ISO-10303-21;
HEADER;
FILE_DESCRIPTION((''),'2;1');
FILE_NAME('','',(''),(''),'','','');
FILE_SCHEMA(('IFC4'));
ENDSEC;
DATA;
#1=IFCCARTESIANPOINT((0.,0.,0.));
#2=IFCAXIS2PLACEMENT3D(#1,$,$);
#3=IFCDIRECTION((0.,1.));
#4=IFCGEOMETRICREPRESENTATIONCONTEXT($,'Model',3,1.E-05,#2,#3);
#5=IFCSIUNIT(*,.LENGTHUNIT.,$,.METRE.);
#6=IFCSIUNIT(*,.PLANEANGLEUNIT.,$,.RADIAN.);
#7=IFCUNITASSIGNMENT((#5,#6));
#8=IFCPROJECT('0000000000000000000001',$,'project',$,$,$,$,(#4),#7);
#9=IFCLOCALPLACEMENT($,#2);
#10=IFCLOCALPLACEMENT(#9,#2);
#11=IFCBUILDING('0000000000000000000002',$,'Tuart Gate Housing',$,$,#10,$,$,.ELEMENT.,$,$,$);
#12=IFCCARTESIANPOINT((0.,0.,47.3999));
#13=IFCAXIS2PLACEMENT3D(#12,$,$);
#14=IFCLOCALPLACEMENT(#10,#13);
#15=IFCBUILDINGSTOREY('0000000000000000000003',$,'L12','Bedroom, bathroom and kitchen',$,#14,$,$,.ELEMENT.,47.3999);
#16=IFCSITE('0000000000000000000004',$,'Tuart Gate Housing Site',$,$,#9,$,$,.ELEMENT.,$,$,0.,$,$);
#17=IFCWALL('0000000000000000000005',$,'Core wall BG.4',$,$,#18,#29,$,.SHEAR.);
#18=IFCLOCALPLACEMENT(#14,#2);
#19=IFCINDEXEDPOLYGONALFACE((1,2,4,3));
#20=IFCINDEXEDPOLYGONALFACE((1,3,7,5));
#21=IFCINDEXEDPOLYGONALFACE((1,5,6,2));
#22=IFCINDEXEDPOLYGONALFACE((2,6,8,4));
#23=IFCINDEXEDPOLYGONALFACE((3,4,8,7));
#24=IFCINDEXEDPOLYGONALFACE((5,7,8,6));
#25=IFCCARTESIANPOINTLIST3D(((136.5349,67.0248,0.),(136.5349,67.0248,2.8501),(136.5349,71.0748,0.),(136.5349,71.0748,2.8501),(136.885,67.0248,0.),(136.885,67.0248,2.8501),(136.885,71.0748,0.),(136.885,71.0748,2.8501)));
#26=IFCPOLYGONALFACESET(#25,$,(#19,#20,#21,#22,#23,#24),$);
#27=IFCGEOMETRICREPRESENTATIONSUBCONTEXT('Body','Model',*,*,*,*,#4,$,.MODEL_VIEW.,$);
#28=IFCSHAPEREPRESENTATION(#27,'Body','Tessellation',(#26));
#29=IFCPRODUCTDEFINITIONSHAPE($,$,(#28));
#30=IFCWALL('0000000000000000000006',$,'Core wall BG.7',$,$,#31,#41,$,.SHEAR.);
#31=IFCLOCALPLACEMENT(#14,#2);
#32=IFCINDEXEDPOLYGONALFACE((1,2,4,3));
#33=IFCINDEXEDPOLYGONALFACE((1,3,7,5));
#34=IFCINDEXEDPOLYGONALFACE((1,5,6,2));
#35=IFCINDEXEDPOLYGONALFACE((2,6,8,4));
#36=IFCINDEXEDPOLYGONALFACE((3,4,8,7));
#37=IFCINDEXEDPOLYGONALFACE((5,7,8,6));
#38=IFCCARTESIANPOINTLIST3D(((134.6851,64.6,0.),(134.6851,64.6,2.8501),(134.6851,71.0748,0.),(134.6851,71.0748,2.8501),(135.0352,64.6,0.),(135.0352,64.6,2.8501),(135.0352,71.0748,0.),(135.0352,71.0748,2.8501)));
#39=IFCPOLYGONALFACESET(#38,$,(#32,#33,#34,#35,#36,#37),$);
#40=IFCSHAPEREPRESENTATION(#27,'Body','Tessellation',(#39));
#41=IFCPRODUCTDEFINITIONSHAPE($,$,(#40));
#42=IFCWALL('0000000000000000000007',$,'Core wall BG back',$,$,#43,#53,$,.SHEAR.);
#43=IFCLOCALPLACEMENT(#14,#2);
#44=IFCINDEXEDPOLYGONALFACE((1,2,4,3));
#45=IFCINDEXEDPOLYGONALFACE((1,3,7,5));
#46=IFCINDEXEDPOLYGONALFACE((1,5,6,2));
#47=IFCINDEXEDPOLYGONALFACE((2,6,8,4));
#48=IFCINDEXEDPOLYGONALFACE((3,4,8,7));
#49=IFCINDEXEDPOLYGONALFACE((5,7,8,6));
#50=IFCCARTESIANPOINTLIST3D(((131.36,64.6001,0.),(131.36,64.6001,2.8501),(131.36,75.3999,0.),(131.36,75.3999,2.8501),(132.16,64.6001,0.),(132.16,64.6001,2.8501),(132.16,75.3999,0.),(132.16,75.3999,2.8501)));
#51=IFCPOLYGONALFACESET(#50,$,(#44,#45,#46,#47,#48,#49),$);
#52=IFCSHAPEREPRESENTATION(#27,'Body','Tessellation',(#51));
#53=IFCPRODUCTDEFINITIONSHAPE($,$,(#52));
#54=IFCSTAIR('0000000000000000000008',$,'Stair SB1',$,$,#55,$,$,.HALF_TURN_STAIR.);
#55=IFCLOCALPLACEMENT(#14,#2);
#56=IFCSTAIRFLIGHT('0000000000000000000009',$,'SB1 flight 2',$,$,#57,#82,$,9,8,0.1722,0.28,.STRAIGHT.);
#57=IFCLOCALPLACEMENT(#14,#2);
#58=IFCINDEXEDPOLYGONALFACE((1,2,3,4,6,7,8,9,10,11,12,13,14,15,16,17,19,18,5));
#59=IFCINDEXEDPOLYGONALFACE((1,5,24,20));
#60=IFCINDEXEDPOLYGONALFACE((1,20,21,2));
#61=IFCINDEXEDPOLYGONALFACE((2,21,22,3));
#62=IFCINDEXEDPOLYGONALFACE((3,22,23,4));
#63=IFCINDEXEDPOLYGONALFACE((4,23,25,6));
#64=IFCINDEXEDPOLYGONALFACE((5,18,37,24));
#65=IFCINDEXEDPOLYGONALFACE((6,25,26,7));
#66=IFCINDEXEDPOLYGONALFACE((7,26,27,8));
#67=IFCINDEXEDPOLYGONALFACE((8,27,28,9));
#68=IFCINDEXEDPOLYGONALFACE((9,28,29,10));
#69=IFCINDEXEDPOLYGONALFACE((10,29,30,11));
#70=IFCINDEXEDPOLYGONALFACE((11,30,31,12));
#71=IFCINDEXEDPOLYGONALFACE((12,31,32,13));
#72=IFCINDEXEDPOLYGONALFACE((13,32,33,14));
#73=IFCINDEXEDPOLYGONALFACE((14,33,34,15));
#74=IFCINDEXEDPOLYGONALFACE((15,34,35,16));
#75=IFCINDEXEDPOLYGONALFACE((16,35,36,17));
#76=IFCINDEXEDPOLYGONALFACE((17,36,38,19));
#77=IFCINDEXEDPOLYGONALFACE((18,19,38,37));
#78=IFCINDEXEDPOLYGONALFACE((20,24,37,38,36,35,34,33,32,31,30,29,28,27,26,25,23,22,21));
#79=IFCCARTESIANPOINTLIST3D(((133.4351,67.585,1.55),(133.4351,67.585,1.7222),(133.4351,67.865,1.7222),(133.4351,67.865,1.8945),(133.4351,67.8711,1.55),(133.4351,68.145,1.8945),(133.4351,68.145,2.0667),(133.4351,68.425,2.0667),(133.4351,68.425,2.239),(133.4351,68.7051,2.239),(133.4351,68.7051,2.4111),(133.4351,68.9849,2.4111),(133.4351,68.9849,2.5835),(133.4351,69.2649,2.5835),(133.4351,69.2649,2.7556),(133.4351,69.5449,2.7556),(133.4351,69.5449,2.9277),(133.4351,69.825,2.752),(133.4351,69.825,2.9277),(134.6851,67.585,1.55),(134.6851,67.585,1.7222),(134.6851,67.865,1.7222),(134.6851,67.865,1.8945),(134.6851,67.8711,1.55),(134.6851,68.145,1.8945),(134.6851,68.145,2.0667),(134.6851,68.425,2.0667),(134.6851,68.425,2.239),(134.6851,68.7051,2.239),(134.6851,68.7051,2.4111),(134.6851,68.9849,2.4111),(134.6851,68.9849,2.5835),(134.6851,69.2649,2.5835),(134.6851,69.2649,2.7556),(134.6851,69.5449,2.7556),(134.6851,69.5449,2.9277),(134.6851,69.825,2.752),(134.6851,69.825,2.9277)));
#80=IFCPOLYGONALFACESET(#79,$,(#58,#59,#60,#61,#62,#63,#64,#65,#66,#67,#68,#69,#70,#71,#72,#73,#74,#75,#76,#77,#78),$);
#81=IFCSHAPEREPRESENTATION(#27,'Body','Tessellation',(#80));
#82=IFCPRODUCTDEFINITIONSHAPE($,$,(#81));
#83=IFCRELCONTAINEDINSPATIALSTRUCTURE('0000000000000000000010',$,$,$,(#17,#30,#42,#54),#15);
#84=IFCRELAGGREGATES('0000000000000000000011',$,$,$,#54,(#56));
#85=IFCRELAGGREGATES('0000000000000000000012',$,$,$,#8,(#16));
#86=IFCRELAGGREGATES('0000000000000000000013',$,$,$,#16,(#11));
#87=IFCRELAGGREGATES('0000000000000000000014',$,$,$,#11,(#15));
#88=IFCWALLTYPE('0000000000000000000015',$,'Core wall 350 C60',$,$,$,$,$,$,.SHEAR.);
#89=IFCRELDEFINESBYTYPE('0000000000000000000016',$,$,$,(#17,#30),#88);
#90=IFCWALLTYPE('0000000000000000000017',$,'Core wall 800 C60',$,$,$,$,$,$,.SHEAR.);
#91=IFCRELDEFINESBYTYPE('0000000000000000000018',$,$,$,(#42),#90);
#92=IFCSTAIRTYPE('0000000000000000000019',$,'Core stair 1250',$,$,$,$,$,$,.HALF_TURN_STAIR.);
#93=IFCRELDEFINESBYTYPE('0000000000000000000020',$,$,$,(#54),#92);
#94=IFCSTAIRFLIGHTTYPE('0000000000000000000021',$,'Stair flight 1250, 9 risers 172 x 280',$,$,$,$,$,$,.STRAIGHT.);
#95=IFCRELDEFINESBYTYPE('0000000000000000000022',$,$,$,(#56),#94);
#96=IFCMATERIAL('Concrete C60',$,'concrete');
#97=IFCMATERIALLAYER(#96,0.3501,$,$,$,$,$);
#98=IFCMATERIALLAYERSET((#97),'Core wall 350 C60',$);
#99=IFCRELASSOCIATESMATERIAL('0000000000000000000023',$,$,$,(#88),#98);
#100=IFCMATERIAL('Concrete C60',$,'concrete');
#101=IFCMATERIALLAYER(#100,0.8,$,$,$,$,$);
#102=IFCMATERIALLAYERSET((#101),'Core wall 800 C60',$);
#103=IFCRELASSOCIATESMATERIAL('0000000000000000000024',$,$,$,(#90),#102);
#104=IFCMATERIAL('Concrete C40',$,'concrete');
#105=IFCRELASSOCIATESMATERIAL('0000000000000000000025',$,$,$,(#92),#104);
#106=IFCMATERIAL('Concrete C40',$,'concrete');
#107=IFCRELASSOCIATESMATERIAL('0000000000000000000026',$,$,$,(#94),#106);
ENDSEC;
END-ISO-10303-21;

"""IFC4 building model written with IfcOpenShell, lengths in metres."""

from ifc_helpers import new_model, si_unit, direction, frame, frame_2d, origin, place, context, subcontext, project, spatial, polyline, rectangle, outline, extrude, material, layer, layer_set, type_object, element, aggregate, save


model = new_model("IFC4")

# Units and contexts
model_context = context("Model", 3, precision=1e-05, world=origin(), true_north=direction((0.0, 1.0)))
body_context = subcontext(model_context, "Body", "Model", "MODEL_VIEW")
ifc_project = project(units=[si_unit("LENGTHUNIT", "METRE"), si_unit("PLANEANGLEUNIT", "RADIAN")], contexts=[model_context])

# Site, building, storey
site_placement = place(None, origin())
site = spatial("IfcSite", under=ifc_project, at=site_placement, Name="Tuart Gate Housing Site", CompositionType="ELEMENT", RefElevation=0.0)
building_placement = place(site_placement, origin())
building = spatial("IfcBuilding", under=site, at=building_placement, Name="Tuart Gate Housing", CompositionType="ELEMENT")
storey_placement = place(building_placement, frame((0.0, 0.0, 47.3999)))
storey = spatial("IfcBuildingStorey", under=building, at=storey_placement, Name="L12", Description="Bedroom, bathroom and kitchen", CompositionType="ELEMENT", Elevation=47.3999)

# Walls
ifc_material_1 = material(Name="Concrete C60", Category="concrete")
ifc_layer_1 = layer(ifc_material_1, 0.3501)
ifc_layer_set_1 = layer_set([ifc_layer_1], Name="Core wall 350 C60")
wall_type_1 = type_object("IfcWallType", Name="Core wall 350 C60", PredefinedType="SHEAR", material=ifc_layer_set_1)
wall_1_placement = place(storey_placement, frame((136.71, 67.0249, 0.0), z_axis=(0.0, 0.0, 1.0), x_axis=(0.0, 1.0, 0.0)))
element("IfcWall", 1, at=wall_1_placement, inside=storey, type_object=wall_type_1, Name="Core wall BG.4", PredefinedType="SHEAR", context=body_context, shape_type="SweptSolid", body=[
    extrude(rectangle(XDim=4.05, YDim=0.3501, at=frame_2d((2.0249, 0.0))), origin(), (0.0, 0.0, 1.0), 2.8501),
])
wall_2_placement = place(storey_placement, frame((134.8601, 64.6001, 0.0), z_axis=(0.0, 0.0, 1.0), x_axis=(0.0, 1.0, 0.0)))
element("IfcWall", 2, at=wall_2_placement, inside=storey, type_object=wall_type_1, Name="Core wall BG.7", PredefinedType="SHEAR", context=body_context, shape_type="SweptSolid", body=[
    extrude(rectangle(XDim=6.4749, YDim=0.3501, at=frame_2d((3.2373, 0.0))), origin(), (0.0, 0.0, 1.0), 2.8501),
])
ifc_material_2 = material(Name="Concrete C60", Category="concrete")
ifc_layer_2 = layer(ifc_material_2, 0.8)
ifc_layer_set_2 = layer_set([ifc_layer_2], Name="Core wall 800 C60")
wall_type_2 = type_object("IfcWallType", Name="Core wall 800 C60", PredefinedType="SHEAR", material=ifc_layer_set_2)
wall_3_placement = place(storey_placement, frame((131.76, 64.6001, 0.0), z_axis=(0.0, 0.0, 1.0), x_axis=(0.0, 1.0, 0.0)))
element("IfcWall", 3, at=wall_3_placement, inside=storey, type_object=wall_type_2, Name="Core wall BG back", PredefinedType="SHEAR", context=body_context, shape_type="SweptSolid", body=[
    extrude(rectangle(XDim=10.7998, YDim=0.8, at=frame_2d((5.3999, 0.0))), origin(), (0.0, 0.0, 1.0), 2.8501),
])

# Stair, stair flight
ifc_material_3 = material(Name="Concrete C40", Category="concrete")
stair_type = type_object("IfcStairType", Name="Core stair 1250", PredefinedType="HALF_TURN_STAIR", material=ifc_material_3)
stair_placement = place(storey_placement, origin())
stair = element("IfcStair", 4, at=stair_placement, inside=storey, type_object=stair_type, Name="Stair SB1", PredefinedType="HALF_TURN_STAIR")
ifc_material_4 = material(Name="Concrete C40", Category="concrete")
stair_flight_type = type_object("IfcStairFlightType", Name="Stair flight 1250, 9 risers 172 x 280", PredefinedType="STRAIGHT", material=ifc_material_4)
stair_flight_placement = place(storey_placement, frame((134.0601, 67.585, 1.55), z_axis=(0.0, 0.0, 1.0), x_axis=(0.0, 1.0, 0.0)))
stair_flight = element("IfcStairFlight", 5, at=stair_flight_placement, type_object=stair_flight_type, Name="SB1 flight 2", NumberOfRisers=9, NumberOfTreads=8, PredefinedType="STRAIGHT", RiserHeight=0.1722, TreadLength=0.28, context=body_context, shape_type="SweptSolid", body=[
    extrude(outline(polyline([(0.0, 0.0), (0.0, 0.1721), (0.28, 0.1721), (0.28, 0.3445), (0.5601, 0.3445), (0.5601, 0.5166), (0.8401, 0.5166), (0.8401, 0.689), (1.1201, 0.689), (1.1201, 0.8611), (1.3999, 0.8611), (1.3999, 1.0334), (1.6799, 1.0334), (1.6799, 1.2056), (1.96, 1.2056), (1.96, 1.3777), (2.24, 1.3777), (2.24, 1.55), (2.24, 1.2019), (0.2861, 0.0), (0.0, 0.0)])), frame((0.0, 0.625, 0.0), z_axis=(0.0, -1.0, 0.0), x_axis=(1.0, 0.0, 0.0)), (0.0, 0.0, 1.0), 1.25),
])
aggregate(stair, [stair_flight])

save(model, "model.ifc")
